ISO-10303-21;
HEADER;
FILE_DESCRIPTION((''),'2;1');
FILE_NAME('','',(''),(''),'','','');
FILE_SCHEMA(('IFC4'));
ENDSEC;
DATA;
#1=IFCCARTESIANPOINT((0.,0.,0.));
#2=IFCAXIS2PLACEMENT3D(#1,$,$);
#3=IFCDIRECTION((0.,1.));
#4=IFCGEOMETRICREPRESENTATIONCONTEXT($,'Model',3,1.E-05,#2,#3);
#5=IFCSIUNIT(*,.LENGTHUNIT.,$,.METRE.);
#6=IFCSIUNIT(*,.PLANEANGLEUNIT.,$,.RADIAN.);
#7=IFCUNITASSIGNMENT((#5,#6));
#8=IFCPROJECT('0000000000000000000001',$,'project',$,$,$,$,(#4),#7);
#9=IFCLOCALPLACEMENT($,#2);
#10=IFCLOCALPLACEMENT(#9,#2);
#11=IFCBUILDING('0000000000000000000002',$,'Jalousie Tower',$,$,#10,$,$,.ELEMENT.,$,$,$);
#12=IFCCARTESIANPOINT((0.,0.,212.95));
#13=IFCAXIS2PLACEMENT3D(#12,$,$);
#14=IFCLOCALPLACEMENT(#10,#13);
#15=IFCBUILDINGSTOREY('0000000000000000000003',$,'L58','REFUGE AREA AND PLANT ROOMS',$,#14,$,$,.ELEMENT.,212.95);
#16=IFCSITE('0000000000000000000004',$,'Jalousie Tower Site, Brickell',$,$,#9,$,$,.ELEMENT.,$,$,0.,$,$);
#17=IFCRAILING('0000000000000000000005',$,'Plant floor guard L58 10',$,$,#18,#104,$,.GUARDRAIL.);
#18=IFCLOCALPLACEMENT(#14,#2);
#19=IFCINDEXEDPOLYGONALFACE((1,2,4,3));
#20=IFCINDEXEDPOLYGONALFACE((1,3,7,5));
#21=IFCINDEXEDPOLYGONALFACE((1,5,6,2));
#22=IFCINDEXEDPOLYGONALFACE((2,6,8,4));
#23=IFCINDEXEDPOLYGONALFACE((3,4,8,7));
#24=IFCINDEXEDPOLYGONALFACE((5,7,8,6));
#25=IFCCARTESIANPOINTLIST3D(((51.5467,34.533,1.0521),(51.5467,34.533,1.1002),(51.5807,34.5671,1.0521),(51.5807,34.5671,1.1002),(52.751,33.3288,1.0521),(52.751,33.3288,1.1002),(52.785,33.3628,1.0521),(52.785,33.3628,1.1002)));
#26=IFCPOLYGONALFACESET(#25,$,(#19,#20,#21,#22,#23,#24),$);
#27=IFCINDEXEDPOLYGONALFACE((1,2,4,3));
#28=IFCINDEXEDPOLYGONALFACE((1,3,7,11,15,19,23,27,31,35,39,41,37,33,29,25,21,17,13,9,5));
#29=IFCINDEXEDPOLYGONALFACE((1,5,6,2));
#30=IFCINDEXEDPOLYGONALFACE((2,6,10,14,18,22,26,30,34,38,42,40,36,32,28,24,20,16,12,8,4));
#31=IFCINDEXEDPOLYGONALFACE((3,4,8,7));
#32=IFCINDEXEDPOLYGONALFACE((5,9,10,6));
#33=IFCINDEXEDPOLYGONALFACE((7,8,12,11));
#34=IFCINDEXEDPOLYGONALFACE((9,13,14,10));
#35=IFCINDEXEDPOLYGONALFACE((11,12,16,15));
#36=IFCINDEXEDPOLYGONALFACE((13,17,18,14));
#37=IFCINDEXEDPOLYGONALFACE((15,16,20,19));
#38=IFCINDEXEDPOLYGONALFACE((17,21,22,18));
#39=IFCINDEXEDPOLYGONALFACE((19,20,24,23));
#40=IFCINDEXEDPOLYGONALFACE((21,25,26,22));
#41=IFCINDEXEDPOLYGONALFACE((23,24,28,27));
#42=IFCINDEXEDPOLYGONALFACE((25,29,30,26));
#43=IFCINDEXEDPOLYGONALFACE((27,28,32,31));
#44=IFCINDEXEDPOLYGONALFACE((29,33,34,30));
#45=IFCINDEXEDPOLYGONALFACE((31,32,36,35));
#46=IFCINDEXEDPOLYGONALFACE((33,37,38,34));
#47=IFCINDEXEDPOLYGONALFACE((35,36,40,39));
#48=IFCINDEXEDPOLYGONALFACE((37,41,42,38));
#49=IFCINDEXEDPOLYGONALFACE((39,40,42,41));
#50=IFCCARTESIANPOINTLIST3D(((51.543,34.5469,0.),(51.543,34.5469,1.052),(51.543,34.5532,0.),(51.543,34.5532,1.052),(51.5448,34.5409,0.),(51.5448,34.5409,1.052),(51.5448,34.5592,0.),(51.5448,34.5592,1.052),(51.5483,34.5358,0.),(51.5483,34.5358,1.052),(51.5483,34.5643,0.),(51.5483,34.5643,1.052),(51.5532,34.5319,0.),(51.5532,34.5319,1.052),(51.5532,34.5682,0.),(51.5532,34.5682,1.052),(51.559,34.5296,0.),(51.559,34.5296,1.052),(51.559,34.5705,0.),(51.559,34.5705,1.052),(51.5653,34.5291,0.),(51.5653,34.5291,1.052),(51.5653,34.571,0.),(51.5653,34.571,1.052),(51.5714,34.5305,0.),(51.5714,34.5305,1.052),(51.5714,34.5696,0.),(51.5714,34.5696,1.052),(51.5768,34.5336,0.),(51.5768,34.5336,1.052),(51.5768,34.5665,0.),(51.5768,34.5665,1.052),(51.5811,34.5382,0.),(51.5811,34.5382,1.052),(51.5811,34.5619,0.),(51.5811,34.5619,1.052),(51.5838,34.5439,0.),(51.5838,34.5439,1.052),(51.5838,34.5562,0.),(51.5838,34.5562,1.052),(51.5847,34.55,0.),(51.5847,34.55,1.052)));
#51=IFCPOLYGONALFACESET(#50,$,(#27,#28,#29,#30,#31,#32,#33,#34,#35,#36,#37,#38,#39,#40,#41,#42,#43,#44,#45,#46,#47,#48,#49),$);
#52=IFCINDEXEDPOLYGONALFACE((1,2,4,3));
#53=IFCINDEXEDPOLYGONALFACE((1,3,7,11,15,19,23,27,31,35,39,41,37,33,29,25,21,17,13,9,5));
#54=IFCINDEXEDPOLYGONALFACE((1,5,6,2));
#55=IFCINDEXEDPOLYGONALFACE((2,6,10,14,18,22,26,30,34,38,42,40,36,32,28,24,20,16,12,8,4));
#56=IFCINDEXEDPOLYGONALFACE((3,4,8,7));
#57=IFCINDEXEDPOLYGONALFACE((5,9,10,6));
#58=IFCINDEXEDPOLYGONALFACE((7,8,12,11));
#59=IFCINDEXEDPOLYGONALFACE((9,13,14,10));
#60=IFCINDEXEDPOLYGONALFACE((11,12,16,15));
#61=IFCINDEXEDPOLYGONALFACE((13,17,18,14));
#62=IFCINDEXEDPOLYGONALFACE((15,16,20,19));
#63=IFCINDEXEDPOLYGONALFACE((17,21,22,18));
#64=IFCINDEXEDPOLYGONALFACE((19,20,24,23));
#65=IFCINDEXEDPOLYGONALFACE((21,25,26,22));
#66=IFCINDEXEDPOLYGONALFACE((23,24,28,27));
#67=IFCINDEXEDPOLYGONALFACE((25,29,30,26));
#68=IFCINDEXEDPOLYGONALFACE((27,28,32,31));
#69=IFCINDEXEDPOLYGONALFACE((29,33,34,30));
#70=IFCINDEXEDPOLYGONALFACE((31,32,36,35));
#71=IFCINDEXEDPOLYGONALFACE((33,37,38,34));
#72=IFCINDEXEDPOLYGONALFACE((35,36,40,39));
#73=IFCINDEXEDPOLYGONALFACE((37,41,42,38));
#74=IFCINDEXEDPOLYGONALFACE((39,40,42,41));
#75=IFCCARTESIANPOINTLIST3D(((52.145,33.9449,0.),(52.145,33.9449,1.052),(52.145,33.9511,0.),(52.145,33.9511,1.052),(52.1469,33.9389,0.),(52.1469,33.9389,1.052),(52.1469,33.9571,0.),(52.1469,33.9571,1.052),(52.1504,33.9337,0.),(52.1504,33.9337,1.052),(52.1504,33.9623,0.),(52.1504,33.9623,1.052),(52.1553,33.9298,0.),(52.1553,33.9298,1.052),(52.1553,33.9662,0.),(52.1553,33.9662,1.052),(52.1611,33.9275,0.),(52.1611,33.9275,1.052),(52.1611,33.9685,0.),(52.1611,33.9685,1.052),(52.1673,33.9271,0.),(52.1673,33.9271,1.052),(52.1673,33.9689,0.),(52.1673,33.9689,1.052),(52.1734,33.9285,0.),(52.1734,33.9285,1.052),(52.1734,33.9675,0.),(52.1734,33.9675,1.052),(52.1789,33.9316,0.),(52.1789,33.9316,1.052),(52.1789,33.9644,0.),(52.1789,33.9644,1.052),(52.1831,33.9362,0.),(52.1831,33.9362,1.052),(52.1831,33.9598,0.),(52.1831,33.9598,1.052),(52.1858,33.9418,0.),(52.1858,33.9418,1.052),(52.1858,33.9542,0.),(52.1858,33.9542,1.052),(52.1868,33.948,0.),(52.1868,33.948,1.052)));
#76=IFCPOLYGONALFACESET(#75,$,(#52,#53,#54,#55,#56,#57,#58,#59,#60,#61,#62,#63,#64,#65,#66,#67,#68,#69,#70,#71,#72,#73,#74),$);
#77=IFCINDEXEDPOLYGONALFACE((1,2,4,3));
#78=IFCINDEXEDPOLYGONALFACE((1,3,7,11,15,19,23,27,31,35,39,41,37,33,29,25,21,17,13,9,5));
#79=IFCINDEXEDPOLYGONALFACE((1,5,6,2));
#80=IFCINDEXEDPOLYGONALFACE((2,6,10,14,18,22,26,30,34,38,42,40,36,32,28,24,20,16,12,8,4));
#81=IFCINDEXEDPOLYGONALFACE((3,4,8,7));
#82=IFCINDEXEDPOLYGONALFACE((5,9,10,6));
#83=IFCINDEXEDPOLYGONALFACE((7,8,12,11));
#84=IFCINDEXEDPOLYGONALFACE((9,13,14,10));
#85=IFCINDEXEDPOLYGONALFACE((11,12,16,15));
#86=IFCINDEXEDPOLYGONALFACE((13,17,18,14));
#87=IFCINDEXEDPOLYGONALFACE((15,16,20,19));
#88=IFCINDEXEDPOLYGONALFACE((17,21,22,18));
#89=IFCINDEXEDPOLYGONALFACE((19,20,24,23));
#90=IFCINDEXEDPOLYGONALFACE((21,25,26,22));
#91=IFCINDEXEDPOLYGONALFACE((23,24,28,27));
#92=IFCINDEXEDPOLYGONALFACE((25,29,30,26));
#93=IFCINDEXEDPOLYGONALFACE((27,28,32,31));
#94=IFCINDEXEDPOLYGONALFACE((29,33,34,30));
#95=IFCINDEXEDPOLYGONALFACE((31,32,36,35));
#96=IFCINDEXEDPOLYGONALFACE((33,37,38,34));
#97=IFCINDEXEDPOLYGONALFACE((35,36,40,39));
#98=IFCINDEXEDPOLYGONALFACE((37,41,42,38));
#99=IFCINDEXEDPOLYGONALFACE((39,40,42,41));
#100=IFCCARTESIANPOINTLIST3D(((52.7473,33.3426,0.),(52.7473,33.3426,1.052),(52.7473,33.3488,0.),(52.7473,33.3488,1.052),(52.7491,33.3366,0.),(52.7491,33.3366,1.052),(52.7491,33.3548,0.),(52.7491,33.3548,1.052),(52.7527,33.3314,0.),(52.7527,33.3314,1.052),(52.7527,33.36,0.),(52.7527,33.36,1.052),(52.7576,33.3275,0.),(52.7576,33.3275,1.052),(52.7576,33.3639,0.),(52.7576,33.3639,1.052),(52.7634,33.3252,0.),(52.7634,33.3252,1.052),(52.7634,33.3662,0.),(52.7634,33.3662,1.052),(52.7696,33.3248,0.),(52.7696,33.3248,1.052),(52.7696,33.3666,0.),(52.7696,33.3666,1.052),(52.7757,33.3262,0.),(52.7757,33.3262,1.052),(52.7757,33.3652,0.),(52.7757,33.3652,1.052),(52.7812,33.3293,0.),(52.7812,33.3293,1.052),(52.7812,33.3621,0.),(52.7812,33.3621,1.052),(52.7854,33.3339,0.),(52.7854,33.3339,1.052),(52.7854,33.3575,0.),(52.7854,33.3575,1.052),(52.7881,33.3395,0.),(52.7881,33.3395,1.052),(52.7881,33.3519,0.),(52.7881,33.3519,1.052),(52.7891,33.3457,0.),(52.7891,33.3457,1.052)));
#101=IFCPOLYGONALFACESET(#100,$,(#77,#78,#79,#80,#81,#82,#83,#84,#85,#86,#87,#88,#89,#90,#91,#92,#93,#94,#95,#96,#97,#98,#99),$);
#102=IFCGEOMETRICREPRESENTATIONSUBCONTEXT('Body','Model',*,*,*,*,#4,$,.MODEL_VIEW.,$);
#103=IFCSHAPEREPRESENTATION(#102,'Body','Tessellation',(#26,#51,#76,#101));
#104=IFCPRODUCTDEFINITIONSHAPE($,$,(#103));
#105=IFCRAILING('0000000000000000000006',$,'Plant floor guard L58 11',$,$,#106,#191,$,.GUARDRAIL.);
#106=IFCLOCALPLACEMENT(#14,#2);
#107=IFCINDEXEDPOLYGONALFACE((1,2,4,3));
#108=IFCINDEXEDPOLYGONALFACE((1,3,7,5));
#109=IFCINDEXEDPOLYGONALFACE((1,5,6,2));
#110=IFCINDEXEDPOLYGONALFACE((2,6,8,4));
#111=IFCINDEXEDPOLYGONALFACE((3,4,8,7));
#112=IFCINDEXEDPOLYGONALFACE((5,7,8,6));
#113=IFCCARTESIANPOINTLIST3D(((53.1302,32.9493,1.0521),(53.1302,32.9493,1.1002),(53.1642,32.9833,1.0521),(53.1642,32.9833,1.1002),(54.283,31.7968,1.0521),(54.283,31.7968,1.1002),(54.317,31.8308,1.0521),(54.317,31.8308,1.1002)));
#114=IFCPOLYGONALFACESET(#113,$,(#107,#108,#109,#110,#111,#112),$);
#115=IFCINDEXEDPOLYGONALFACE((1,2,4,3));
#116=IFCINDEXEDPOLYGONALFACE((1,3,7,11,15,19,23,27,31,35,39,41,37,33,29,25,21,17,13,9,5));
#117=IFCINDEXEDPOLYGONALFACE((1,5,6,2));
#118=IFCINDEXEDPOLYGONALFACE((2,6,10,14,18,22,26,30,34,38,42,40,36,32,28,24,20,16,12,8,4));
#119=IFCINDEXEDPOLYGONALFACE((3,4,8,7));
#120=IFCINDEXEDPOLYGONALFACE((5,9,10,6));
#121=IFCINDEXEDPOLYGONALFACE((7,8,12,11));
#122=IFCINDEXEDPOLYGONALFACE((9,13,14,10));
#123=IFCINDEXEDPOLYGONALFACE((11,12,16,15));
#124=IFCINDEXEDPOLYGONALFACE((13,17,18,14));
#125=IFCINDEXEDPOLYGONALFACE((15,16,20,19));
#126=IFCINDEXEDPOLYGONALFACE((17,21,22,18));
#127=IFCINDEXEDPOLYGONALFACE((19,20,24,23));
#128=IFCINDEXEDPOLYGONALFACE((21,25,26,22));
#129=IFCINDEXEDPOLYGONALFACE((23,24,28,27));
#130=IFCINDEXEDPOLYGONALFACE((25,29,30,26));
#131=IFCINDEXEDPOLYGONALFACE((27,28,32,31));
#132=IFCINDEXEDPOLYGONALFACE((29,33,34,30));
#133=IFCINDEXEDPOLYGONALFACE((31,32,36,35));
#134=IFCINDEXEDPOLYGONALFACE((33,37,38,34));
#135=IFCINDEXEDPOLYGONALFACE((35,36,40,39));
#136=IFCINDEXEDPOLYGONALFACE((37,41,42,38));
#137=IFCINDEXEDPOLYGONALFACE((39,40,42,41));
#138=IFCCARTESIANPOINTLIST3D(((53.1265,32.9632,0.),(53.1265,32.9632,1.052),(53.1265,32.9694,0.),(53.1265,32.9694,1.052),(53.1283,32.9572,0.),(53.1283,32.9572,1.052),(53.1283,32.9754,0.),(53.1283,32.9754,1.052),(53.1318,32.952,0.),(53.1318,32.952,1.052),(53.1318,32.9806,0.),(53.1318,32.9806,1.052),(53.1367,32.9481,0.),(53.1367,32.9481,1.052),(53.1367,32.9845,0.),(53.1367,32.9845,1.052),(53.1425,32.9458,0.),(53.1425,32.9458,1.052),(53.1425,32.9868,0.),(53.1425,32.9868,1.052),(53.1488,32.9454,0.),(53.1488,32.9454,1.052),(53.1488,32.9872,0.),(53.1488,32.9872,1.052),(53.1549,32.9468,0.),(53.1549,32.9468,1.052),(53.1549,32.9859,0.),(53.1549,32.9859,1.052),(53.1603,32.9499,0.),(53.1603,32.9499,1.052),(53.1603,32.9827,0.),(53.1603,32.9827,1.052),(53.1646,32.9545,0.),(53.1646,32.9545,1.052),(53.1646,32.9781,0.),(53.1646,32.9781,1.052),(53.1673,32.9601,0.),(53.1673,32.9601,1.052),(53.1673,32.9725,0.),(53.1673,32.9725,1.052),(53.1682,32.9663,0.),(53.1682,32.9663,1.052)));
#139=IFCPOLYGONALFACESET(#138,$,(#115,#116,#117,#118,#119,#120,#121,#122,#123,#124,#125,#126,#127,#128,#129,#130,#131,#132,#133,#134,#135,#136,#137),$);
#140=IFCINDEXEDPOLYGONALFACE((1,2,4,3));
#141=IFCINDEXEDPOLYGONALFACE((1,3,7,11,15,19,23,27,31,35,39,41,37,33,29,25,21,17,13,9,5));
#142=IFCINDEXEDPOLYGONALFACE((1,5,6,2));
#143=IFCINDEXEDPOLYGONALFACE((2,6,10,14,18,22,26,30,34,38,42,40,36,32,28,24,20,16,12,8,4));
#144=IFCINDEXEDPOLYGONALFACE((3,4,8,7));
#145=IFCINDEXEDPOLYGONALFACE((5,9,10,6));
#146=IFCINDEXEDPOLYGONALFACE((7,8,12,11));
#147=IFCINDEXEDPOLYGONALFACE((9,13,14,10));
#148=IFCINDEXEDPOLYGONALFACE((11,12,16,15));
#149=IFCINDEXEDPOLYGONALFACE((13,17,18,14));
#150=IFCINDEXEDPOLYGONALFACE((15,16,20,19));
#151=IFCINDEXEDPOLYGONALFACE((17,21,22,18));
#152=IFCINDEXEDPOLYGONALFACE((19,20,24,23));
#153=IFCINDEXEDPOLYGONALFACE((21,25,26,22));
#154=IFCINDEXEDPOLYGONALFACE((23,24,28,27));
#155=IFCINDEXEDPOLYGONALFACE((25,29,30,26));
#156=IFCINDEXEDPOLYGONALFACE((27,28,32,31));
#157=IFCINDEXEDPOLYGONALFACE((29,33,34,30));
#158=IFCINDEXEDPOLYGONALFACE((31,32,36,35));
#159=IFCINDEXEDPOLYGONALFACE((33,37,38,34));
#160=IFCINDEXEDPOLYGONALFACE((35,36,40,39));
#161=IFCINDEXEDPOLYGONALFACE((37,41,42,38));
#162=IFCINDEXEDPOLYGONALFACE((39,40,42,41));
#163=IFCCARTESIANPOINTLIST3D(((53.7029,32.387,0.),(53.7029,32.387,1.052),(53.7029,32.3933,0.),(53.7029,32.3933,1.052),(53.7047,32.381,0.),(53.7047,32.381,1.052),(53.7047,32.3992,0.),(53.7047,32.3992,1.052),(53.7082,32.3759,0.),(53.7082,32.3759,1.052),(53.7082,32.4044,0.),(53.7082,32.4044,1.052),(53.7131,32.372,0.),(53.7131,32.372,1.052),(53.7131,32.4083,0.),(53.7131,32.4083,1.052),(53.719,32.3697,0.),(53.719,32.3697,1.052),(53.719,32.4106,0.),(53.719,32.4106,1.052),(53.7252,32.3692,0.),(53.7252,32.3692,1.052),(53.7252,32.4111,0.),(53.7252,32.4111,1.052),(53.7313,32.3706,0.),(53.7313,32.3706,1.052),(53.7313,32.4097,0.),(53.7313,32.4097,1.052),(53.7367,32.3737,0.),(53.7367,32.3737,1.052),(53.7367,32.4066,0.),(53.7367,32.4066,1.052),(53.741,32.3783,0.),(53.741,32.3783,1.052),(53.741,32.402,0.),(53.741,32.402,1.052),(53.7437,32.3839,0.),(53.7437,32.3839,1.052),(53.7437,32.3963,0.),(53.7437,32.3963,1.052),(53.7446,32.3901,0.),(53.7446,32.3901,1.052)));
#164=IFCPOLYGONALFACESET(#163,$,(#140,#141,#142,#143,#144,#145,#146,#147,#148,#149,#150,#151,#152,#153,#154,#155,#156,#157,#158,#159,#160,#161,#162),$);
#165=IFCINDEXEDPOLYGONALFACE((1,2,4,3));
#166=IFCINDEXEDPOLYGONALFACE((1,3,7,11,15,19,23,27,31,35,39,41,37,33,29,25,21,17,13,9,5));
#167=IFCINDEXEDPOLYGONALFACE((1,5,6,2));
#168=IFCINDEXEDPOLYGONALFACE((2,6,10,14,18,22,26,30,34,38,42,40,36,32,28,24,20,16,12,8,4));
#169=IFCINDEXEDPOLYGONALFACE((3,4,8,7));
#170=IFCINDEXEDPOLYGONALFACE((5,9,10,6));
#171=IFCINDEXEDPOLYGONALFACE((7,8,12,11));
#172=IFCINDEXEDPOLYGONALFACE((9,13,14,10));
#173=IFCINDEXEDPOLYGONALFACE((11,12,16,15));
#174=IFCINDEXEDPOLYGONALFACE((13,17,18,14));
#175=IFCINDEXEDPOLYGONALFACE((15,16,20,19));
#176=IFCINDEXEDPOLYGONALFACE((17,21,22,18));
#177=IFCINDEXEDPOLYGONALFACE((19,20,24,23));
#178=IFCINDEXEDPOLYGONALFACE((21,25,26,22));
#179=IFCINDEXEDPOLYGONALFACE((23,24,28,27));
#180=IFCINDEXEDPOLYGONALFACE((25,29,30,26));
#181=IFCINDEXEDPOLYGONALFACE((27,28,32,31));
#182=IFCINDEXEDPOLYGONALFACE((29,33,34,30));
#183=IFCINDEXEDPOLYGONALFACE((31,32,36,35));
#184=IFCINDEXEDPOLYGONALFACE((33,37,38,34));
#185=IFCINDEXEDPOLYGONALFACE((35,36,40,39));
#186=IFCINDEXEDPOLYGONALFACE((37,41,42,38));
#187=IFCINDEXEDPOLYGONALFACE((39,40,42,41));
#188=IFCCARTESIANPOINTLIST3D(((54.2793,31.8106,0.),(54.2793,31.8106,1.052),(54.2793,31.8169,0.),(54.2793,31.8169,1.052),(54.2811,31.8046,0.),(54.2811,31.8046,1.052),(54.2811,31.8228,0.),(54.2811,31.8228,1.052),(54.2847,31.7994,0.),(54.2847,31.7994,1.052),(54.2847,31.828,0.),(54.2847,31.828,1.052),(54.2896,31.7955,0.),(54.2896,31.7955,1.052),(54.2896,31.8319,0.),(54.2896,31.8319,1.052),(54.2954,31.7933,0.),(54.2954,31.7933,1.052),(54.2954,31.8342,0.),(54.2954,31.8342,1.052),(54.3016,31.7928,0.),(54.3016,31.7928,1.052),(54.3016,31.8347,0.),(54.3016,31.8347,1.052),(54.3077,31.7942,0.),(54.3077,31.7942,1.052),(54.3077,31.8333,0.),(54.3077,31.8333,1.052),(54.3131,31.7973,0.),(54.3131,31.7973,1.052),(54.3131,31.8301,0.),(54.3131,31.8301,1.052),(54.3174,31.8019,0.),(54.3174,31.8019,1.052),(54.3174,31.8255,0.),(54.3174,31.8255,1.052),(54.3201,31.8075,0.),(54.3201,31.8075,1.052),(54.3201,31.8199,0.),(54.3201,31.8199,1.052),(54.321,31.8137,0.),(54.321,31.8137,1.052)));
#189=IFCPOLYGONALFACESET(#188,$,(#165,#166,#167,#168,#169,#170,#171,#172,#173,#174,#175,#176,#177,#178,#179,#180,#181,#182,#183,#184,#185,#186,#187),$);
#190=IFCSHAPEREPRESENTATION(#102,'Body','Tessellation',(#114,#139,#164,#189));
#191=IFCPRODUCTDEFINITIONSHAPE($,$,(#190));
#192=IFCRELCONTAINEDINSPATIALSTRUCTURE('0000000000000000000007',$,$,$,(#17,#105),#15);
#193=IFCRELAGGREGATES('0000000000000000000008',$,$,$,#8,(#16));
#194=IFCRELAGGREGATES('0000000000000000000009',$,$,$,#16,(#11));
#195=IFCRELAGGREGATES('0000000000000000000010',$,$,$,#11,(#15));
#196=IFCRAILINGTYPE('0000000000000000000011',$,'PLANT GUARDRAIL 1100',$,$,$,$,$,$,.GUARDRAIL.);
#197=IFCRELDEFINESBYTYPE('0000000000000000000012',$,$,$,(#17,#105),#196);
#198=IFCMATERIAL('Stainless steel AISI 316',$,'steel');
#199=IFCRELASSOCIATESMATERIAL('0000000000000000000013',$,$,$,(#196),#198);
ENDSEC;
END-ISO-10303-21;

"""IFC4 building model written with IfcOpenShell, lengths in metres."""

from ifc_helpers import new_model, si_unit, direction, frame, origin, origin_2d, place, context, subcontext, project, spatial, rectangle, circle, extrude, material, type_object, element, save


model = new_model("IFC4")

# Units and contexts
model_context = context("Model", 3, precision=1e-05, world=origin(), true_north=direction((0.0, 1.0)))
body_context = subcontext(model_context, "Body", "Model", "MODEL_VIEW")
ifc_project = project(units=[si_unit("LENGTHUNIT", "METRE"), si_unit("PLANEANGLEUNIT", "RADIAN")], contexts=[model_context])

# Site, building, storey
site_placement = place(None, origin())
site = spatial("IfcSite", under=ifc_project, at=site_placement, Name="Jalousie Tower Site, Brickell", CompositionType="ELEMENT", RefElevation=0.0)
building_placement = place(site_placement, origin())
building = spatial("IfcBuilding", under=site, at=building_placement, Name="Jalousie Tower", CompositionType="ELEMENT")
storey_placement = place(building_placement, frame((0.0, 0.0, 212.95)))
storey = spatial("IfcBuildingStorey", under=building, at=storey_placement, Name="L58", Description="REFUGE AREA AND PLANT ROOMS", CompositionType="ELEMENT", Elevation=212.95)

# Railings
ifc_material_1 = material(Name="Stainless steel AISI 316", Category="steel")
railing_type = type_object("IfcRailingType", Name="PLANT GUARDRAIL 1100", PredefinedType="GUARDRAIL", material=ifc_material_1)
railing_1_placement = place(storey_placement, frame((51.5637, 34.55, 0.0)))
element("IfcRailing", 1, at=railing_1_placement, inside=storey, type_object=railing_type, Name="Plant floor guard L58 10", PredefinedType="GUARDRAIL", context=body_context, shape_type="SweptSolid", body=[
    extrude(rectangle(XDim=0.0481, YDim=0.0481, at=origin_2d()), frame((0.0, 0.0, 1.0762), z_axis=(0.707107, -0.707107, 0.0), x_axis=(0.707107, 0.707107, 0.0)), (0.0, 0.0, 1.0), 1.7031),
    extrude(circle(Radius=0.021, at=origin_2d()), origin(), (0.0, 0.0, 1.0), 1.052),
    extrude(circle(Radius=0.021, at=origin_2d()), frame((0.6021, -0.6021, 0.0)), (0.0, 0.0, 1.0), 1.052),
    extrude(circle(Radius=0.021, at=origin_2d()), frame((1.2043, -1.2043, 0.0)), (0.0, 0.0, 1.0), 1.052),
])
railing_2_placement = place(storey_placement, frame((53.1472, 32.9663, 0.0)))
element("IfcRailing", 2, at=railing_2_placement, inside=storey, type_object=railing_type, Name="Plant floor guard L58 11", PredefinedType="GUARDRAIL", context=body_context, shape_type="SweptSolid", body=[
    extrude(rectangle(XDim=0.0481, YDim=0.0481, at=origin_2d()), frame((0.0, 0.0, 1.0762), z_axis=(0.707182, -0.707032, 0.0), x_axis=(0.707032, 0.707182, 0.0)), (0.0, 0.0, 1.0), 1.6301),
    extrude(circle(Radius=0.021, at=origin_2d()), origin(), (0.0, 0.0, 1.0), 1.052),
    extrude(circle(Radius=0.021, at=origin_2d()), frame((0.5764, -0.5762, 0.0)), (0.0, 0.0, 1.0), 1.052),
    extrude(circle(Radius=0.021, at=origin_2d()), frame((1.1528, -1.1526, 0.0)), (0.0, 0.0, 1.0), 1.052),
])

save(model, "model.ifc")
